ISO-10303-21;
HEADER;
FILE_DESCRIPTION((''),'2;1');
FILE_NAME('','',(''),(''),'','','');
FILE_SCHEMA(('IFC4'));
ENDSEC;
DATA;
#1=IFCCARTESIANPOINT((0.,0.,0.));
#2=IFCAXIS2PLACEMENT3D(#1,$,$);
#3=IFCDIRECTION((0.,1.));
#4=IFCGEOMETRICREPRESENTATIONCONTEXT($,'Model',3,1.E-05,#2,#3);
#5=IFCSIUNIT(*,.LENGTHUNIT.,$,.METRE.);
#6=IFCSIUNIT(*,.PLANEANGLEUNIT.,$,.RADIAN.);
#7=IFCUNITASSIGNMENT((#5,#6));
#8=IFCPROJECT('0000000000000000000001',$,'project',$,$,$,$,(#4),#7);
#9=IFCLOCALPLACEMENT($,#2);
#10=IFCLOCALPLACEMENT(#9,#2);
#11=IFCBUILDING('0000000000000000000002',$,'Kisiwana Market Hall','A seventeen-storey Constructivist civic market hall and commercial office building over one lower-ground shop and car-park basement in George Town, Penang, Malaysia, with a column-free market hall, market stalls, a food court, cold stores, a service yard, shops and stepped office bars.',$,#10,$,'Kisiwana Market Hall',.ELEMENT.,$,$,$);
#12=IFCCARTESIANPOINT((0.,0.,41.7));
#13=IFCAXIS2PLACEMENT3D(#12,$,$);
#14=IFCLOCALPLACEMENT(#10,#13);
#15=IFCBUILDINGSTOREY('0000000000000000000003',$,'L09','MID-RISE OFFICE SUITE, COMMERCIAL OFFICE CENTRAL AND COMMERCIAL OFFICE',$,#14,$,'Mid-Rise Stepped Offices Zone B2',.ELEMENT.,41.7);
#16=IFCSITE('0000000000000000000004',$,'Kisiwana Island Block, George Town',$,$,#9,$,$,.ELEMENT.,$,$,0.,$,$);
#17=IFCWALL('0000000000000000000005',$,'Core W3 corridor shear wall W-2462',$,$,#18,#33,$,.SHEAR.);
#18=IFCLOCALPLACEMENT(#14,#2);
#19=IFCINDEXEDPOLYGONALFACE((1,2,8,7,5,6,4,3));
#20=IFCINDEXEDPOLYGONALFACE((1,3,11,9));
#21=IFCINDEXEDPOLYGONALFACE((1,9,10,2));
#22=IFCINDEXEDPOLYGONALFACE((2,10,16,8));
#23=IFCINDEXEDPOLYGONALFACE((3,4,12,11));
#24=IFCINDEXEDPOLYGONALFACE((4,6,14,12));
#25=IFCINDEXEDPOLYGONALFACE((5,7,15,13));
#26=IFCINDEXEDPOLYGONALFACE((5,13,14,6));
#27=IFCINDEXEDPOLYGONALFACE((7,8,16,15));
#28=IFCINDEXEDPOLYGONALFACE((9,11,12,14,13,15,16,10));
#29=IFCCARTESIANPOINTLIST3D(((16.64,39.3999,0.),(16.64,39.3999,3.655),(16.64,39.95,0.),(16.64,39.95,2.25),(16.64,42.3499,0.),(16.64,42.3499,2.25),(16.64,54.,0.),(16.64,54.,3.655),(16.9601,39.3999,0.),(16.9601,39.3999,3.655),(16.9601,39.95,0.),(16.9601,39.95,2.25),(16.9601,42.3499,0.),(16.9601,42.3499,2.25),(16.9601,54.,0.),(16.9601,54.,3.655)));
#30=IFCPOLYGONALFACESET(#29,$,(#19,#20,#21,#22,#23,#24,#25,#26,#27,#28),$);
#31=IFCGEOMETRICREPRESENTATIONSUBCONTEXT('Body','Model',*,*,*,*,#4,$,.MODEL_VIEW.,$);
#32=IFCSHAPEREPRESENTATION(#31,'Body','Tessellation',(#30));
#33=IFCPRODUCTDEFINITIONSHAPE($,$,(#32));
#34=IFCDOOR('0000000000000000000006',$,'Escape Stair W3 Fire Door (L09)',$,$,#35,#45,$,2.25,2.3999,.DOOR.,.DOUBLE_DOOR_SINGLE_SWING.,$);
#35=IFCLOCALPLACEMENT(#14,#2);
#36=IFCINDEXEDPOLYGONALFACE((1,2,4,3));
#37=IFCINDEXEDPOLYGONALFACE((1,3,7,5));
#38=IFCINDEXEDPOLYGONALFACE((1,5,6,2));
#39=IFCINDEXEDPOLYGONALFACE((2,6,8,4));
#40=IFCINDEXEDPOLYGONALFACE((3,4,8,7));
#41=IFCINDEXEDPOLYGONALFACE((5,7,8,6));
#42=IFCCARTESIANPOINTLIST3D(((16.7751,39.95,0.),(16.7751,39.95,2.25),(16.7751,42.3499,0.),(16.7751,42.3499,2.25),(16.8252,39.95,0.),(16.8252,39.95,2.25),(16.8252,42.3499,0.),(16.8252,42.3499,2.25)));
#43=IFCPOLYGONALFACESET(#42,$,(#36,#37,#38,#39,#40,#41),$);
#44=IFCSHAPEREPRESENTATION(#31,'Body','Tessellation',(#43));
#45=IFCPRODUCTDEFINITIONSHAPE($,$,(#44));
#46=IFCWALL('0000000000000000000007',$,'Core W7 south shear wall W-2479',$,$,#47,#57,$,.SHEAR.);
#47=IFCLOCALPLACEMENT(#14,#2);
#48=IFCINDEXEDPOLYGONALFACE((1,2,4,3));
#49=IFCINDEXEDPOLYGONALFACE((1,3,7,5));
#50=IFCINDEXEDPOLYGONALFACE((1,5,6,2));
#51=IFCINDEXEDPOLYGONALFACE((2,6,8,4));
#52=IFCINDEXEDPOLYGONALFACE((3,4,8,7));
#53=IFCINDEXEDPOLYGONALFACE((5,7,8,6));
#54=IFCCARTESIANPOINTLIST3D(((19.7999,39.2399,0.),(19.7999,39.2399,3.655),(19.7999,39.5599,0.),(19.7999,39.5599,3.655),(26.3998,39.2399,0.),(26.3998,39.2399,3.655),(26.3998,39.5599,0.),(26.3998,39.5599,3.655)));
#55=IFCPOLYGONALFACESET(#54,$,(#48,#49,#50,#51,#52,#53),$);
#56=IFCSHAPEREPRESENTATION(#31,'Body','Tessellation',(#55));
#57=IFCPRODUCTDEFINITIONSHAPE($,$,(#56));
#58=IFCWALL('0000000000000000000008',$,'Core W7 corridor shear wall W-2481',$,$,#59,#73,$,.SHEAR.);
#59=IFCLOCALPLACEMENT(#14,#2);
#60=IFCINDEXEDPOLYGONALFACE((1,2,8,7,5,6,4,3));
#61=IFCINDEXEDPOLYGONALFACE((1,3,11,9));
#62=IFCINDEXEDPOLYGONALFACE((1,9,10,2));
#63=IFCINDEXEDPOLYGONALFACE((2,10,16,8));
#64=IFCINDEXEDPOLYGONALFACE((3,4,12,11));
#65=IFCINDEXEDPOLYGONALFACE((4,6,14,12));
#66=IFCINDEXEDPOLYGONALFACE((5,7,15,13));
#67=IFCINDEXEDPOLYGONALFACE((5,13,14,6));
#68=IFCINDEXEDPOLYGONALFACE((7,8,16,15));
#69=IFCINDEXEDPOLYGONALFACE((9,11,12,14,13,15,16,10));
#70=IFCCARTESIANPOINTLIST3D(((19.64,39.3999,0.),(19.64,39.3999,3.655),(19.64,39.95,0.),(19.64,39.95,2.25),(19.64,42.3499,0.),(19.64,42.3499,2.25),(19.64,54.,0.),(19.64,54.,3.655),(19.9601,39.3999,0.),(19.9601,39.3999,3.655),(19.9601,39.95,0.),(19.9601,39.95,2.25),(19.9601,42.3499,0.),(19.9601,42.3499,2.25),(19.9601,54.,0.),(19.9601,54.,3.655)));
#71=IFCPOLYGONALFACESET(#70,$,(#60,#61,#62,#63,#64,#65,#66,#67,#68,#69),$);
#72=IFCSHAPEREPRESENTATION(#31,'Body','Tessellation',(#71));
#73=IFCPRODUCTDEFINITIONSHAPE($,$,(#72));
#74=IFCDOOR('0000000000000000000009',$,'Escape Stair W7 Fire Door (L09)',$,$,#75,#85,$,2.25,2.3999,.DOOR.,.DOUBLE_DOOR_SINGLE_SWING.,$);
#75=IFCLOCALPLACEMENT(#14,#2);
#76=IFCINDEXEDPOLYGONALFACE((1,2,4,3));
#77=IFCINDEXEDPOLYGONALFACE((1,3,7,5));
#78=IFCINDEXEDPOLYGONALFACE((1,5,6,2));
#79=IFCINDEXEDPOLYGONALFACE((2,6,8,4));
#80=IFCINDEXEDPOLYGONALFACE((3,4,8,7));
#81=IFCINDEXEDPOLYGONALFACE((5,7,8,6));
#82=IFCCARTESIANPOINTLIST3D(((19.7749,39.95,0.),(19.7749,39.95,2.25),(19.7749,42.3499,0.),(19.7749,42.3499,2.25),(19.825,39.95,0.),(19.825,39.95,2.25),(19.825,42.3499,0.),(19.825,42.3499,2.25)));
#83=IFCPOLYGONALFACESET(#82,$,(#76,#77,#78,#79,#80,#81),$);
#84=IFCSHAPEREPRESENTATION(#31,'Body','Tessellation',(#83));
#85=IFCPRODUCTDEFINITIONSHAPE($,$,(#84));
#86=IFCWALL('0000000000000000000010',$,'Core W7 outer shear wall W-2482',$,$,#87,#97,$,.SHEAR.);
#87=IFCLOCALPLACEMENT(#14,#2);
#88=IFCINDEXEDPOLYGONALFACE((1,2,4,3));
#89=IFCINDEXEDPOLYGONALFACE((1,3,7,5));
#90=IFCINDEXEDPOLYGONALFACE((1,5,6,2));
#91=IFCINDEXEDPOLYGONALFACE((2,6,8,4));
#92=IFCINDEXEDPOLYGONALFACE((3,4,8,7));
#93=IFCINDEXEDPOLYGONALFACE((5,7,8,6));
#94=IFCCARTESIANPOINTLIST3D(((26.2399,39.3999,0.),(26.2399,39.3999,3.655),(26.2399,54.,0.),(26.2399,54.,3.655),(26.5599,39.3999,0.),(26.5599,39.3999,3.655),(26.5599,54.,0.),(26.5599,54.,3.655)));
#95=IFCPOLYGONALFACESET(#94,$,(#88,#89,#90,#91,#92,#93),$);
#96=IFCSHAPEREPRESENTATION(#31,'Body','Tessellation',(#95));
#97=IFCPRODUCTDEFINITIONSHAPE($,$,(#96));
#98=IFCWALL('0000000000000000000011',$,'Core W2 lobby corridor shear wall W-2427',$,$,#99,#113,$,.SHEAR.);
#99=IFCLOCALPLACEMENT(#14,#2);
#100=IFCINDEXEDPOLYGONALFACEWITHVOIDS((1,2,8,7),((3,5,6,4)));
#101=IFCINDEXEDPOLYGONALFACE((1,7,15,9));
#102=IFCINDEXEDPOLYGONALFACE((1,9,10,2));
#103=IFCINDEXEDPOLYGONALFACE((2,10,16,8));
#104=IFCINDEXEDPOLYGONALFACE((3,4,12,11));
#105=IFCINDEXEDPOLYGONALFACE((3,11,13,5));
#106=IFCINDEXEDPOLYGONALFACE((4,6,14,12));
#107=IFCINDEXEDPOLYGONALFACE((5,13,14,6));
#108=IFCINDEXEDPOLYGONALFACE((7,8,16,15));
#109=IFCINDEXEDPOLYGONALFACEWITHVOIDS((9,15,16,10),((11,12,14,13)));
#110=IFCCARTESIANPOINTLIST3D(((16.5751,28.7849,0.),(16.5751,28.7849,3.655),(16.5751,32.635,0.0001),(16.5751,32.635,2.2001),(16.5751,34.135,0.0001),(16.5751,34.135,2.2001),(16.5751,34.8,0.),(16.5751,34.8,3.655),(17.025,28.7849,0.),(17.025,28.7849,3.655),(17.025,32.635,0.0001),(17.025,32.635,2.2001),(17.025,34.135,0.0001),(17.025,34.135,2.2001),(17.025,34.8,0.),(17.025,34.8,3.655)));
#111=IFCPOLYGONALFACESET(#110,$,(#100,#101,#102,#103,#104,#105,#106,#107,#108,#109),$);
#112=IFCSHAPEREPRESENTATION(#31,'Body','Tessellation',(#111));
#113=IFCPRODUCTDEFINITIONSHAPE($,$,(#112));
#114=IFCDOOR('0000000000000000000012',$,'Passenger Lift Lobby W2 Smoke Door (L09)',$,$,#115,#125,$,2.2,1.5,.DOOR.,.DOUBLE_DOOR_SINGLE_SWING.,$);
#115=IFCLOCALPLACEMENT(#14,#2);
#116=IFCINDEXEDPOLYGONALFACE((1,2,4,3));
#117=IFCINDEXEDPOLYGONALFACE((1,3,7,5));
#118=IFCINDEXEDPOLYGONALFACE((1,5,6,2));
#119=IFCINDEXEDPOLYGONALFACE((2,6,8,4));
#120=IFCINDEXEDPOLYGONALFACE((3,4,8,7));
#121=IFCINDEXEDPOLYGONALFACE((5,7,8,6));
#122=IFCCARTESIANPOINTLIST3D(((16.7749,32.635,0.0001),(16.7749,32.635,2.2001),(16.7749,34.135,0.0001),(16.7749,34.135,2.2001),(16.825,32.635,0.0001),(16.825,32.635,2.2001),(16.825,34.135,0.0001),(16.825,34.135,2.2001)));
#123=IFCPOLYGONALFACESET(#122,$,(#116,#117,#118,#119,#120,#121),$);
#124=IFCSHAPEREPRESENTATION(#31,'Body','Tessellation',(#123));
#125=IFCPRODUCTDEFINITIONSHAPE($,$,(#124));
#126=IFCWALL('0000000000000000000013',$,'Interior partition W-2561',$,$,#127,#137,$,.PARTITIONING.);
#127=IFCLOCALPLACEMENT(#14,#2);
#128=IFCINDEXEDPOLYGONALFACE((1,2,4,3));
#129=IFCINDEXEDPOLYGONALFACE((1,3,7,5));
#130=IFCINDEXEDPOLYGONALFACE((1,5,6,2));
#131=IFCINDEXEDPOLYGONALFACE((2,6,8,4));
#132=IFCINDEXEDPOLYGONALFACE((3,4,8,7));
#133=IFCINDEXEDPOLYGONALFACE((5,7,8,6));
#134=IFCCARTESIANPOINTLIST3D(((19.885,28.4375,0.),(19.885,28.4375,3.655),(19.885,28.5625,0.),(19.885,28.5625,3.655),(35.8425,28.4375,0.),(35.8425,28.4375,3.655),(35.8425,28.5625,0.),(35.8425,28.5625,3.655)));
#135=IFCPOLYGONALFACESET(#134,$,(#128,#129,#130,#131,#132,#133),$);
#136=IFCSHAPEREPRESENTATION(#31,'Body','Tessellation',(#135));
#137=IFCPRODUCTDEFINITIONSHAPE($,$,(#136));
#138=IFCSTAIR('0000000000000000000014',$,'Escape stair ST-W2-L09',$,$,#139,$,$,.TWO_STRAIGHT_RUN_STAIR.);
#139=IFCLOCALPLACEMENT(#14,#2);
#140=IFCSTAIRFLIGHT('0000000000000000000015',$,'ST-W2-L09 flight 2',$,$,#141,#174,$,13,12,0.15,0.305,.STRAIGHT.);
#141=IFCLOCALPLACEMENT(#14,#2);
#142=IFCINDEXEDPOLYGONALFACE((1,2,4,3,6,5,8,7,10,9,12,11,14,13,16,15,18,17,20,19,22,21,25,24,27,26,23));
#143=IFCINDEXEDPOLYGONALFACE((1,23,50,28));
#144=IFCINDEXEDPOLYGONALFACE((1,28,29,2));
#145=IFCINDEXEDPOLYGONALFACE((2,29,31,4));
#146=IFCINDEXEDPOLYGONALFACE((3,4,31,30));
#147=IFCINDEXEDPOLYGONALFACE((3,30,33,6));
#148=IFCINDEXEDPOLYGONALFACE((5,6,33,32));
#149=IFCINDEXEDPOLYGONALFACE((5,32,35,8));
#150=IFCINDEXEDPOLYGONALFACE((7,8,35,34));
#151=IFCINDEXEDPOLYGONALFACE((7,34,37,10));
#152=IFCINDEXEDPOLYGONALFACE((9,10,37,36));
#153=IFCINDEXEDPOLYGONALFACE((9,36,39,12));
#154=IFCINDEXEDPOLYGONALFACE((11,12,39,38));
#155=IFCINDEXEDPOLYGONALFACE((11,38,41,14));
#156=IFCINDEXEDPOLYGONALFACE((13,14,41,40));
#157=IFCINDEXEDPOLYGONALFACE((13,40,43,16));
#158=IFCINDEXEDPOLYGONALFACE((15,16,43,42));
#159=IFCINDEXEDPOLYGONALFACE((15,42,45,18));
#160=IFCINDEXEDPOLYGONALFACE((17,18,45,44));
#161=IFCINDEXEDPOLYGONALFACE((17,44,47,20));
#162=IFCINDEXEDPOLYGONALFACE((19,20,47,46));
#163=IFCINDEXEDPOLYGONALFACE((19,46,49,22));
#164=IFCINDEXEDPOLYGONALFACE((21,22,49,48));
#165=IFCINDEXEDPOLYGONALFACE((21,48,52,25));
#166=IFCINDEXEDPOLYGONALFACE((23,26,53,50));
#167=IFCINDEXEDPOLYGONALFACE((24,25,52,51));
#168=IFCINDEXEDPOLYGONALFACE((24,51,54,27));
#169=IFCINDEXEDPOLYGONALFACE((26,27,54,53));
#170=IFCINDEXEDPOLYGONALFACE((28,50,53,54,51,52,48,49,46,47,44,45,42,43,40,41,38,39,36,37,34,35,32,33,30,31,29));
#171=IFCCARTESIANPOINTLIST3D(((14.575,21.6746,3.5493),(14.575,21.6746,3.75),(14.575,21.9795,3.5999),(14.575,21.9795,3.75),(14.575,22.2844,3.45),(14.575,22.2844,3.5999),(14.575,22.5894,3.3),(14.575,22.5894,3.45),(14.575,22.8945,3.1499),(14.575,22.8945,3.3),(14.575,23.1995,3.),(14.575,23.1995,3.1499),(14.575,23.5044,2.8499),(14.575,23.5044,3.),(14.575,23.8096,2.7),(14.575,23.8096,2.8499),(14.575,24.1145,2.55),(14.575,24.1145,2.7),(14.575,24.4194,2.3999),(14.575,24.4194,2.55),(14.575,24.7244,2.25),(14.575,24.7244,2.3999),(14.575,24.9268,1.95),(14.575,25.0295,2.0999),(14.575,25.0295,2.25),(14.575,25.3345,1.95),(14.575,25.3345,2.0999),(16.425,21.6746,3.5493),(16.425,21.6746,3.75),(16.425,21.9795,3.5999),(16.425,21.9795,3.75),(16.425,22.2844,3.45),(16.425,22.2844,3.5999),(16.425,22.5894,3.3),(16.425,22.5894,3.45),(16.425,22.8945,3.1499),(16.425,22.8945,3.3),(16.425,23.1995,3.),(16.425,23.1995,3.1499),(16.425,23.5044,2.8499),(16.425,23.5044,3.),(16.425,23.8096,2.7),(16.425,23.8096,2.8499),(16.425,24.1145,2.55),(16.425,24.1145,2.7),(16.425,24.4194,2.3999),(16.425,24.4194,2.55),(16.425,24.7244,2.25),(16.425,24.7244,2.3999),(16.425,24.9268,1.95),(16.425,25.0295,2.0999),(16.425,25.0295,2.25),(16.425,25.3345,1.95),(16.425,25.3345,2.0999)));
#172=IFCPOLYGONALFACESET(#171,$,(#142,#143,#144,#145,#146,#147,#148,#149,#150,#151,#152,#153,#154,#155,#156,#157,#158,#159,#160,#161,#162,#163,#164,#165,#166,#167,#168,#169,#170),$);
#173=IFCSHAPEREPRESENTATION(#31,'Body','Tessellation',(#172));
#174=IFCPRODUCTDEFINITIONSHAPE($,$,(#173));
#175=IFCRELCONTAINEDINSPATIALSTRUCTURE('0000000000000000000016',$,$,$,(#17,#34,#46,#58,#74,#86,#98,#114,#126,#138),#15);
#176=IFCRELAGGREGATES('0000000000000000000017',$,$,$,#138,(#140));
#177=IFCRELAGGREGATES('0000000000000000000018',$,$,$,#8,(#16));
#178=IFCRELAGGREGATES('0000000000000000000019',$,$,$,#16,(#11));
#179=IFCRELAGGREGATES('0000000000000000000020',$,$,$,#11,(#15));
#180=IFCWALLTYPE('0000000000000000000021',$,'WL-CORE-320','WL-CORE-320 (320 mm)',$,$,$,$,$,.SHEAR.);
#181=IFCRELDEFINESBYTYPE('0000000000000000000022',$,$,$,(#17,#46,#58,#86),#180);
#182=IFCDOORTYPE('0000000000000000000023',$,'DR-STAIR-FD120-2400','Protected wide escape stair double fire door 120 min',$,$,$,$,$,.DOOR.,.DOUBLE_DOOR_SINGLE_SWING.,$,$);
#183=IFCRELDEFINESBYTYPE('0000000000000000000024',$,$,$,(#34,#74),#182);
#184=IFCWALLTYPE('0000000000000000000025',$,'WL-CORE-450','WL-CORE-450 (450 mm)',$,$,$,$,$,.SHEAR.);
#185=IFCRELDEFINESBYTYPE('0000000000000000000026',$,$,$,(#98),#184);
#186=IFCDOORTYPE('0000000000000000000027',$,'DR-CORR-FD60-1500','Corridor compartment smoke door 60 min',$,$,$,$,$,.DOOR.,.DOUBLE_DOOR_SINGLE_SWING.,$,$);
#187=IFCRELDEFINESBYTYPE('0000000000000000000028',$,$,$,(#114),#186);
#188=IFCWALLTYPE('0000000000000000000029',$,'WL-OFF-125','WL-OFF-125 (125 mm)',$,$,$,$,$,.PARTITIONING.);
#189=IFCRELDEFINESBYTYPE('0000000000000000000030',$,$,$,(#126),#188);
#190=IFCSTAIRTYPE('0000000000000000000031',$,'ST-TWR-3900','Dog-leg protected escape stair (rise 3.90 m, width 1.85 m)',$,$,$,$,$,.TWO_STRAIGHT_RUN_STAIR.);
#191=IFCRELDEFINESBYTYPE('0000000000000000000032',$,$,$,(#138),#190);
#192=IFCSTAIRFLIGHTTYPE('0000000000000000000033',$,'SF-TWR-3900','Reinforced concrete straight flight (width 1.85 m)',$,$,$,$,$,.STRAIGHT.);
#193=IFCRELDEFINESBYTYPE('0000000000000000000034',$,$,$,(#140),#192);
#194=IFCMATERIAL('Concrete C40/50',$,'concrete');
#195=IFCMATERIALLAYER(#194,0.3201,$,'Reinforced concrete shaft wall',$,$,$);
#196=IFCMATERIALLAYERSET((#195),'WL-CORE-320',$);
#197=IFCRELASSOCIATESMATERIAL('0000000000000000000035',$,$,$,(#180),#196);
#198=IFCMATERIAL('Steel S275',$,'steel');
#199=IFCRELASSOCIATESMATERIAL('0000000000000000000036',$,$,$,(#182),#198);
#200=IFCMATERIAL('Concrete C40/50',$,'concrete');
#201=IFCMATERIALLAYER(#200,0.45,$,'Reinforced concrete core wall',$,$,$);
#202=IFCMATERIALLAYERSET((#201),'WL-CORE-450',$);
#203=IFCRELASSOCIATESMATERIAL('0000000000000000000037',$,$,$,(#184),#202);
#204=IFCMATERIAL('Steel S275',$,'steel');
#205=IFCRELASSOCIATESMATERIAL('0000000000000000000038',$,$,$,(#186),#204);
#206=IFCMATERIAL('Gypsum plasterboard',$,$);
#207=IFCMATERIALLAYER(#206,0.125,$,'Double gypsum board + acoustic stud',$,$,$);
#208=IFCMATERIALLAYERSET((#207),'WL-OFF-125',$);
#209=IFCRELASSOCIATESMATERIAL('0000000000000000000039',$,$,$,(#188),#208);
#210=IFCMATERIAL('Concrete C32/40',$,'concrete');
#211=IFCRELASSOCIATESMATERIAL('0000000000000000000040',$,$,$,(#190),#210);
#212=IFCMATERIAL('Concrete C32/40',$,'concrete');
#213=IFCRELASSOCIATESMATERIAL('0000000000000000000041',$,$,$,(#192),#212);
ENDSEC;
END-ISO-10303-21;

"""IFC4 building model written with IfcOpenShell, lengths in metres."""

from ifc_helpers import new_model, si_unit, direction, frame, frame_2d, origin, place, context, subcontext, project, spatial, polyline, rectangle, outline, extrude, material, layer, layer_set, type_object, element, fill, aggregate, save


model = new_model("IFC4")

# Units and contexts
model_context = context("Model", 3, precision=1e-05, world=origin(), true_north=direction((0.0, 1.0)))
body_context = subcontext(model_context, "Body", "Model", "MODEL_VIEW")
ifc_project = project(units=[si_unit("LENGTHUNIT", "METRE"), si_unit("PLANEANGLEUNIT", "RADIAN")], contexts=[model_context])

# Site, building, storey
site_placement = place(None, origin())
site = spatial("IfcSite", under=ifc_project, at=site_placement, Name="Kisiwana Island Block, George Town", CompositionType="ELEMENT", RefElevation=0.0)
building_placement = place(site_placement, origin())
building = spatial("IfcBuilding", under=site, at=building_placement, Name="Kisiwana Market Hall", Description="A seventeen-storey Constructivist civic market hall and commercial office building over one lower-ground shop and car-park basement in George Town, Penang, Malaysia, with a column-free market hall, market stalls, a food court, cold stores, a service yard, shops and stepped office bars.", LongName="Kisiwana Market Hall", CompositionType="ELEMENT")
storey_placement = place(building_placement, frame((0.0, 0.0, 41.7)))
storey = spatial("IfcBuildingStorey", under=building, at=storey_placement, Name="L09", Description="MID-RISE OFFICE SUITE, COMMERCIAL OFFICE CENTRAL AND COMMERCIAL OFFICE", LongName="Mid-Rise Stepped Offices Zone B2", CompositionType="ELEMENT", Elevation=41.7)

# Wall, opening, door
ifc_material_1 = material(Name="Concrete C40/50", Category="concrete")
ifc_layer_1 = layer(ifc_material_1, 0.3201, Name="Reinforced concrete shaft wall")
ifc_layer_set_1 = layer_set([ifc_layer_1], Name="WL-CORE-320")
wall_type_1 = type_object("IfcWallType", Name="WL-CORE-320", Description="WL-CORE-320 (320 mm)", PredefinedType="SHEAR", material=ifc_layer_set_1)
wall_1_placement = place(storey_placement, frame((16.8, 39.3999, 0.0), z_axis=(0.0, 0.0, 1.0), x_axis=(0.0, 1.0, 0.0)))
wall_1 = element("IfcWall", 1, at=wall_1_placement, inside=storey, type_object=wall_type_1, Name="Core W3 corridor shear wall W-2462", PredefinedType="SHEAR", context=body_context, shape_type="SweptSolid", body=[
    extrude(rectangle(XDim=14.6001, YDim=0.3201, at=frame_2d((7.3, 0.0))), origin(), (0.0, 0.0, 1.0), 3.655),
])
opening_1_placement = place(wall_1_placement, frame((0.55, 0.0, 0.0)))
opening_1 = element("IfcOpeningElement", 2, at=opening_1_placement, cuts=wall_1, PredefinedType="OPENING", context=body_context, shape_type="SweptSolid", body=[
    extrude(rectangle(XDim=2.3999, YDim=2.25, at=frame_2d((1.2, 1.125))), frame((0.0, 0.1719, 0.0), z_axis=(0.0, -1.0, 0.0), x_axis=(1.0, 0.0, 0.0)), (0.0, 0.0, 1.0), 0.344),
])
ifc_material_2 = material(Name="Steel S275", Category="steel")
door_type_1 = type_object("IfcDoorType", Name="DR-STAIR-FD120-2400", Description="Protected wide escape stair double fire door 120 min", OperationType="DOUBLE_DOOR_SINGLE_SWING", PredefinedType="DOOR", material=ifc_material_2)
door_1_placement = place(opening_1_placement, origin())
door_1 = element("IfcDoor", 3, at=door_1_placement, inside=storey, type_object=door_type_1, Name="Escape Stair W3 Fire Door (L09)", OperationType="DOUBLE_DOOR_SINGLE_SWING", OverallHeight=2.25, OverallWidth=2.3999, PredefinedType="DOOR", context=body_context, shape_type="SweptSolid", body=[
    extrude(rectangle(XDim=2.3999, YDim=2.25, at=frame_2d((1.2, 1.125))), frame((0.0, 0.0249, 0.0), z_axis=(0.0, -1.0, 0.0), x_axis=(1.0, 0.0, 0.0)), (0.0, 0.0, 1.0), 0.05),
])
fill(opening_1, door_1)

# Wall
wall_2_placement = place(storey_placement, frame((19.8, 39.3999, 0.0), z_axis=(0.0, 0.0, 1.0), x_axis=(1.0, 0.0, 0.0)))
element("IfcWall", 4, at=wall_2_placement, inside=storey, type_object=wall_type_1, Name="Core W7 south shear wall W-2479", PredefinedType="SHEAR", context=body_context, shape_type="SweptSolid", body=[
    extrude(rectangle(XDim=6.5999, YDim=0.3201, at=frame_2d((3.2998, 0.0))), origin(), (0.0, 0.0, 1.0), 3.655),
])

# Wall, opening, door
wall_3_placement = place(storey_placement, frame((19.8, 39.3999, 0.0), z_axis=(0.0, 0.0, 1.0), x_axis=(0.0, 1.0, 0.0)))
wall_3 = element("IfcWall", 5, at=wall_3_placement, inside=storey, type_object=wall_type_1, Name="Core W7 corridor shear wall W-2481", PredefinedType="SHEAR", context=body_context, shape_type="SweptSolid", body=[
    extrude(rectangle(XDim=14.6001, YDim=0.3201, at=frame_2d((7.3, 0.0))), origin(), (0.0, 0.0, 1.0), 3.655),
])
opening_2_placement = place(wall_3_placement, frame((0.55, 0.0, 0.0)))
opening_2 = element("IfcOpeningElement", 6, at=opening_2_placement, cuts=wall_3, PredefinedType="OPENING", context=body_context, shape_type="SweptSolid", body=[
    extrude(rectangle(XDim=2.3999, YDim=2.25, at=frame_2d((1.2, 1.125))), frame((0.0, 0.1719, 0.0), z_axis=(0.0, -1.0, 0.0), x_axis=(1.0, 0.0, 0.0)), (0.0, 0.0, 1.0), 0.344),
])
door_2_placement = place(opening_2_placement, frame((2.3999, 0.0, 0.0), z_axis=(0.0, 0.0, 1.0), x_axis=(-1.0, 0.0, 0.0)))
door_2 = element("IfcDoor", 7, at=door_2_placement, inside=storey, type_object=door_type_1, Name="Escape Stair W7 Fire Door (L09)", OperationType="DOUBLE_DOOR_SINGLE_SWING", OverallHeight=2.25, OverallWidth=2.3999, PredefinedType="DOOR", context=body_context, shape_type="SweptSolid", body=[
    extrude(rectangle(XDim=2.3999, YDim=2.25, at=frame_2d((1.2, 1.125))), frame((0.0, 0.0249, 0.0), z_axis=(0.0, -1.0, 0.0), x_axis=(1.0, 0.0, 0.0)), (0.0, 0.0, 1.0), 0.05),
])
fill(opening_2, door_2)

# Wall
wall_4_placement = place(storey_placement, frame((26.3999, 39.3999, 0.0), z_axis=(0.0, 0.0, 1.0), x_axis=(0.0, 1.0, 0.0)))
element("IfcWall", 8, at=wall_4_placement, inside=storey, type_object=wall_type_1, Name="Core W7 outer shear wall W-2482", PredefinedType="SHEAR", context=body_context, shape_type="SweptSolid", body=[
    extrude(rectangle(XDim=14.6001, YDim=0.3201, at=frame_2d((7.3, 0.0))), origin(), (0.0, 0.0, 1.0), 3.655),
])

# Wall, opening, door
ifc_material_3 = material(Name="Concrete C40/50", Category="concrete")
ifc_layer_2 = layer(ifc_material_3, 0.45, Name="Reinforced concrete core wall")
ifc_layer_set_2 = layer_set([ifc_layer_2], Name="WL-CORE-450")
wall_type_2 = type_object("IfcWallType", Name="WL-CORE-450", Description="WL-CORE-450 (450 mm)", PredefinedType="SHEAR", material=ifc_layer_set_2)
wall_5_placement = place(storey_placement, frame((16.8, 28.7849, 0.0), z_axis=(0.0, 0.0, 1.0), x_axis=(0.0, 1.0, 0.0)))
wall_5 = element("IfcWall", 9, at=wall_5_placement, inside=storey, type_object=wall_type_2, Name="Core W2 lobby corridor shear wall W-2427", PredefinedType="SHEAR", context=body_context, shape_type="SweptSolid", body=[
    extrude(rectangle(XDim=6.0151, YDim=0.45, at=frame_2d((3.0076, 0.0))), origin(), (0.0, 0.0, 1.0), 3.655),
])
opening_3_placement = place(wall_5_placement, frame((3.8501, 0.0, 0.0)))
opening_3 = element("IfcOpeningElement", 10, at=opening_3_placement, cuts=wall_5, PredefinedType="OPENING", context=body_context, shape_type="SweptSolid", body=[
    extrude(rectangle(XDim=1.5, YDim=2.2, at=frame_2d((0.75, 1.1001))), frame((0.0, 0.2368, 0.0), z_axis=(0.0, -1.0, 0.0), x_axis=(1.0, 0.0, 0.0)), (0.0, 0.0, 1.0), 0.4739),
])
ifc_material_4 = material(Name="Steel S275", Category="steel")
door_type_2 = type_object("IfcDoorType", Name="DR-CORR-FD60-1500", Description="Corridor compartment smoke door 60 min", OperationType="DOUBLE_DOOR_SINGLE_SWING", PredefinedType="DOOR", material=ifc_material_4)
door_3_placement = place(opening_3_placement, frame((1.5, 0.0, 0.0), z_axis=(0.0, 0.0, 1.0), x_axis=(-1.0, 0.0, 0.0)))
door_3 = element("IfcDoor", 11, at=door_3_placement, inside=storey, type_object=door_type_2, Name="Passenger Lift Lobby W2 Smoke Door (L09)", OperationType="DOUBLE_DOOR_SINGLE_SWING", OverallHeight=2.2, OverallWidth=1.5, PredefinedType="DOOR", context=body_context, shape_type="SweptSolid", body=[
    extrude(rectangle(XDim=1.5, YDim=2.2, at=frame_2d((0.75, 1.1001))), frame((0.0, 0.0249, 0.0), z_axis=(0.0, -1.0, 0.0), x_axis=(1.0, 0.0, 0.0)), (0.0, 0.0, 1.0), 0.05),
])
fill(opening_3, door_3)

# Wall
ifc_material_5 = material(Name="Gypsum plasterboard")
ifc_layer_3 = layer(ifc_material_5, 0.125, Name="Double gypsum board + acoustic stud")
ifc_layer_set_3 = layer_set([ifc_layer_3], Name="WL-OFF-125")
wall_type_3 = type_object("IfcWallType", Name="WL-OFF-125", Description="WL-OFF-125 (125 mm)", PredefinedType="PARTITIONING", material=ifc_layer_set_3)
wall_6_placement = place(storey_placement, frame((19.885, 28.5, 0.0), z_axis=(0.0, 0.0, 1.0), x_axis=(1.0, 0.0, 0.0)))
element("IfcWall", 12, at=wall_6_placement, inside=storey, type_object=wall_type_3, Name="Interior partition W-2561", PredefinedType="PARTITIONING", context=body_context, shape_type="SweptSolid", body=[
    extrude(rectangle(XDim=15.9575, YDim=0.125, at=frame_2d((7.9788, 0.0))), origin(), (0.0, 0.0, 1.0), 3.655),
])

# Stair, stair flight
ifc_material_6 = material(Name="Concrete C32/40", Category="concrete")
stair_type = type_object("IfcStairType", Name="ST-TWR-3900", Description="Dog-leg protected escape stair (rise 3.90 m, width 1.85 m)", PredefinedType="TWO_STRAIGHT_RUN_STAIR", material=ifc_material_6)
stair_placement = place(storey_placement, origin())
stair = element("IfcStair", 13, at=stair_placement, inside=storey, type_object=stair_type, Name="Escape stair ST-W2-L09", PredefinedType="TWO_STRAIGHT_RUN_STAIR")
ifc_material_7 = material(Name="Concrete C32/40", Category="concrete")
stair_flight_type = type_object("IfcStairFlightType", Name="SF-TWR-3900", Description="Reinforced concrete straight flight (width 1.85 m)", PredefinedType="STRAIGHT", material=ifc_material_7)
stair_flight_placement = place(storey_placement, frame((15.5, 25.3345, 1.95), z_axis=(0.0, 0.0, 1.0), x_axis=(0.0, -1.0, 0.0)))
stair_flight = element("IfcStairFlight", 14, at=stair_flight_placement, type_object=stair_flight_type, Name="ST-W2-L09 flight 2", NumberOfRisers=13, NumberOfTreads=12, PredefinedType="STRAIGHT", RiserHeight=0.15, TreadLength=0.305, context=body_context, shape_type="SweptSolid", body=[
    extrude(outline(polyline([(0.0, 0.0), (0.0, 0.1499), (0.3049, 0.1499), (0.3049, 0.3), (0.6101, 0.3), (0.6101, 0.45), (0.915, 0.45), (0.915, 0.6001), (1.22, 0.6001), (1.22, 0.75), (1.5249, 0.75), (1.5249, 0.8999), (1.8301, 0.8999), (1.8301, 1.05), (2.135, 1.05), (2.135, 1.2), (2.4399, 1.2), (2.4399, 1.3501), (2.7451, 1.3501), (2.7451, 1.5), (3.05, 1.5), (3.05, 1.6499), (3.355, 1.6499), (3.355, 1.8), (3.6599, 1.8), (3.6599, 1.95), (3.6599, 1.5994), (0.4077, 0.0), (0.0, 0.0)])), frame((0.0, 0.925, 0.0), z_axis=(0.0, -1.0, 0.0), x_axis=(1.0, 0.0, 0.0)), (0.0, 0.0, 1.0), 1.8501),
])
aggregate(stair, [stair_flight])

save(model, "model.ifc")
